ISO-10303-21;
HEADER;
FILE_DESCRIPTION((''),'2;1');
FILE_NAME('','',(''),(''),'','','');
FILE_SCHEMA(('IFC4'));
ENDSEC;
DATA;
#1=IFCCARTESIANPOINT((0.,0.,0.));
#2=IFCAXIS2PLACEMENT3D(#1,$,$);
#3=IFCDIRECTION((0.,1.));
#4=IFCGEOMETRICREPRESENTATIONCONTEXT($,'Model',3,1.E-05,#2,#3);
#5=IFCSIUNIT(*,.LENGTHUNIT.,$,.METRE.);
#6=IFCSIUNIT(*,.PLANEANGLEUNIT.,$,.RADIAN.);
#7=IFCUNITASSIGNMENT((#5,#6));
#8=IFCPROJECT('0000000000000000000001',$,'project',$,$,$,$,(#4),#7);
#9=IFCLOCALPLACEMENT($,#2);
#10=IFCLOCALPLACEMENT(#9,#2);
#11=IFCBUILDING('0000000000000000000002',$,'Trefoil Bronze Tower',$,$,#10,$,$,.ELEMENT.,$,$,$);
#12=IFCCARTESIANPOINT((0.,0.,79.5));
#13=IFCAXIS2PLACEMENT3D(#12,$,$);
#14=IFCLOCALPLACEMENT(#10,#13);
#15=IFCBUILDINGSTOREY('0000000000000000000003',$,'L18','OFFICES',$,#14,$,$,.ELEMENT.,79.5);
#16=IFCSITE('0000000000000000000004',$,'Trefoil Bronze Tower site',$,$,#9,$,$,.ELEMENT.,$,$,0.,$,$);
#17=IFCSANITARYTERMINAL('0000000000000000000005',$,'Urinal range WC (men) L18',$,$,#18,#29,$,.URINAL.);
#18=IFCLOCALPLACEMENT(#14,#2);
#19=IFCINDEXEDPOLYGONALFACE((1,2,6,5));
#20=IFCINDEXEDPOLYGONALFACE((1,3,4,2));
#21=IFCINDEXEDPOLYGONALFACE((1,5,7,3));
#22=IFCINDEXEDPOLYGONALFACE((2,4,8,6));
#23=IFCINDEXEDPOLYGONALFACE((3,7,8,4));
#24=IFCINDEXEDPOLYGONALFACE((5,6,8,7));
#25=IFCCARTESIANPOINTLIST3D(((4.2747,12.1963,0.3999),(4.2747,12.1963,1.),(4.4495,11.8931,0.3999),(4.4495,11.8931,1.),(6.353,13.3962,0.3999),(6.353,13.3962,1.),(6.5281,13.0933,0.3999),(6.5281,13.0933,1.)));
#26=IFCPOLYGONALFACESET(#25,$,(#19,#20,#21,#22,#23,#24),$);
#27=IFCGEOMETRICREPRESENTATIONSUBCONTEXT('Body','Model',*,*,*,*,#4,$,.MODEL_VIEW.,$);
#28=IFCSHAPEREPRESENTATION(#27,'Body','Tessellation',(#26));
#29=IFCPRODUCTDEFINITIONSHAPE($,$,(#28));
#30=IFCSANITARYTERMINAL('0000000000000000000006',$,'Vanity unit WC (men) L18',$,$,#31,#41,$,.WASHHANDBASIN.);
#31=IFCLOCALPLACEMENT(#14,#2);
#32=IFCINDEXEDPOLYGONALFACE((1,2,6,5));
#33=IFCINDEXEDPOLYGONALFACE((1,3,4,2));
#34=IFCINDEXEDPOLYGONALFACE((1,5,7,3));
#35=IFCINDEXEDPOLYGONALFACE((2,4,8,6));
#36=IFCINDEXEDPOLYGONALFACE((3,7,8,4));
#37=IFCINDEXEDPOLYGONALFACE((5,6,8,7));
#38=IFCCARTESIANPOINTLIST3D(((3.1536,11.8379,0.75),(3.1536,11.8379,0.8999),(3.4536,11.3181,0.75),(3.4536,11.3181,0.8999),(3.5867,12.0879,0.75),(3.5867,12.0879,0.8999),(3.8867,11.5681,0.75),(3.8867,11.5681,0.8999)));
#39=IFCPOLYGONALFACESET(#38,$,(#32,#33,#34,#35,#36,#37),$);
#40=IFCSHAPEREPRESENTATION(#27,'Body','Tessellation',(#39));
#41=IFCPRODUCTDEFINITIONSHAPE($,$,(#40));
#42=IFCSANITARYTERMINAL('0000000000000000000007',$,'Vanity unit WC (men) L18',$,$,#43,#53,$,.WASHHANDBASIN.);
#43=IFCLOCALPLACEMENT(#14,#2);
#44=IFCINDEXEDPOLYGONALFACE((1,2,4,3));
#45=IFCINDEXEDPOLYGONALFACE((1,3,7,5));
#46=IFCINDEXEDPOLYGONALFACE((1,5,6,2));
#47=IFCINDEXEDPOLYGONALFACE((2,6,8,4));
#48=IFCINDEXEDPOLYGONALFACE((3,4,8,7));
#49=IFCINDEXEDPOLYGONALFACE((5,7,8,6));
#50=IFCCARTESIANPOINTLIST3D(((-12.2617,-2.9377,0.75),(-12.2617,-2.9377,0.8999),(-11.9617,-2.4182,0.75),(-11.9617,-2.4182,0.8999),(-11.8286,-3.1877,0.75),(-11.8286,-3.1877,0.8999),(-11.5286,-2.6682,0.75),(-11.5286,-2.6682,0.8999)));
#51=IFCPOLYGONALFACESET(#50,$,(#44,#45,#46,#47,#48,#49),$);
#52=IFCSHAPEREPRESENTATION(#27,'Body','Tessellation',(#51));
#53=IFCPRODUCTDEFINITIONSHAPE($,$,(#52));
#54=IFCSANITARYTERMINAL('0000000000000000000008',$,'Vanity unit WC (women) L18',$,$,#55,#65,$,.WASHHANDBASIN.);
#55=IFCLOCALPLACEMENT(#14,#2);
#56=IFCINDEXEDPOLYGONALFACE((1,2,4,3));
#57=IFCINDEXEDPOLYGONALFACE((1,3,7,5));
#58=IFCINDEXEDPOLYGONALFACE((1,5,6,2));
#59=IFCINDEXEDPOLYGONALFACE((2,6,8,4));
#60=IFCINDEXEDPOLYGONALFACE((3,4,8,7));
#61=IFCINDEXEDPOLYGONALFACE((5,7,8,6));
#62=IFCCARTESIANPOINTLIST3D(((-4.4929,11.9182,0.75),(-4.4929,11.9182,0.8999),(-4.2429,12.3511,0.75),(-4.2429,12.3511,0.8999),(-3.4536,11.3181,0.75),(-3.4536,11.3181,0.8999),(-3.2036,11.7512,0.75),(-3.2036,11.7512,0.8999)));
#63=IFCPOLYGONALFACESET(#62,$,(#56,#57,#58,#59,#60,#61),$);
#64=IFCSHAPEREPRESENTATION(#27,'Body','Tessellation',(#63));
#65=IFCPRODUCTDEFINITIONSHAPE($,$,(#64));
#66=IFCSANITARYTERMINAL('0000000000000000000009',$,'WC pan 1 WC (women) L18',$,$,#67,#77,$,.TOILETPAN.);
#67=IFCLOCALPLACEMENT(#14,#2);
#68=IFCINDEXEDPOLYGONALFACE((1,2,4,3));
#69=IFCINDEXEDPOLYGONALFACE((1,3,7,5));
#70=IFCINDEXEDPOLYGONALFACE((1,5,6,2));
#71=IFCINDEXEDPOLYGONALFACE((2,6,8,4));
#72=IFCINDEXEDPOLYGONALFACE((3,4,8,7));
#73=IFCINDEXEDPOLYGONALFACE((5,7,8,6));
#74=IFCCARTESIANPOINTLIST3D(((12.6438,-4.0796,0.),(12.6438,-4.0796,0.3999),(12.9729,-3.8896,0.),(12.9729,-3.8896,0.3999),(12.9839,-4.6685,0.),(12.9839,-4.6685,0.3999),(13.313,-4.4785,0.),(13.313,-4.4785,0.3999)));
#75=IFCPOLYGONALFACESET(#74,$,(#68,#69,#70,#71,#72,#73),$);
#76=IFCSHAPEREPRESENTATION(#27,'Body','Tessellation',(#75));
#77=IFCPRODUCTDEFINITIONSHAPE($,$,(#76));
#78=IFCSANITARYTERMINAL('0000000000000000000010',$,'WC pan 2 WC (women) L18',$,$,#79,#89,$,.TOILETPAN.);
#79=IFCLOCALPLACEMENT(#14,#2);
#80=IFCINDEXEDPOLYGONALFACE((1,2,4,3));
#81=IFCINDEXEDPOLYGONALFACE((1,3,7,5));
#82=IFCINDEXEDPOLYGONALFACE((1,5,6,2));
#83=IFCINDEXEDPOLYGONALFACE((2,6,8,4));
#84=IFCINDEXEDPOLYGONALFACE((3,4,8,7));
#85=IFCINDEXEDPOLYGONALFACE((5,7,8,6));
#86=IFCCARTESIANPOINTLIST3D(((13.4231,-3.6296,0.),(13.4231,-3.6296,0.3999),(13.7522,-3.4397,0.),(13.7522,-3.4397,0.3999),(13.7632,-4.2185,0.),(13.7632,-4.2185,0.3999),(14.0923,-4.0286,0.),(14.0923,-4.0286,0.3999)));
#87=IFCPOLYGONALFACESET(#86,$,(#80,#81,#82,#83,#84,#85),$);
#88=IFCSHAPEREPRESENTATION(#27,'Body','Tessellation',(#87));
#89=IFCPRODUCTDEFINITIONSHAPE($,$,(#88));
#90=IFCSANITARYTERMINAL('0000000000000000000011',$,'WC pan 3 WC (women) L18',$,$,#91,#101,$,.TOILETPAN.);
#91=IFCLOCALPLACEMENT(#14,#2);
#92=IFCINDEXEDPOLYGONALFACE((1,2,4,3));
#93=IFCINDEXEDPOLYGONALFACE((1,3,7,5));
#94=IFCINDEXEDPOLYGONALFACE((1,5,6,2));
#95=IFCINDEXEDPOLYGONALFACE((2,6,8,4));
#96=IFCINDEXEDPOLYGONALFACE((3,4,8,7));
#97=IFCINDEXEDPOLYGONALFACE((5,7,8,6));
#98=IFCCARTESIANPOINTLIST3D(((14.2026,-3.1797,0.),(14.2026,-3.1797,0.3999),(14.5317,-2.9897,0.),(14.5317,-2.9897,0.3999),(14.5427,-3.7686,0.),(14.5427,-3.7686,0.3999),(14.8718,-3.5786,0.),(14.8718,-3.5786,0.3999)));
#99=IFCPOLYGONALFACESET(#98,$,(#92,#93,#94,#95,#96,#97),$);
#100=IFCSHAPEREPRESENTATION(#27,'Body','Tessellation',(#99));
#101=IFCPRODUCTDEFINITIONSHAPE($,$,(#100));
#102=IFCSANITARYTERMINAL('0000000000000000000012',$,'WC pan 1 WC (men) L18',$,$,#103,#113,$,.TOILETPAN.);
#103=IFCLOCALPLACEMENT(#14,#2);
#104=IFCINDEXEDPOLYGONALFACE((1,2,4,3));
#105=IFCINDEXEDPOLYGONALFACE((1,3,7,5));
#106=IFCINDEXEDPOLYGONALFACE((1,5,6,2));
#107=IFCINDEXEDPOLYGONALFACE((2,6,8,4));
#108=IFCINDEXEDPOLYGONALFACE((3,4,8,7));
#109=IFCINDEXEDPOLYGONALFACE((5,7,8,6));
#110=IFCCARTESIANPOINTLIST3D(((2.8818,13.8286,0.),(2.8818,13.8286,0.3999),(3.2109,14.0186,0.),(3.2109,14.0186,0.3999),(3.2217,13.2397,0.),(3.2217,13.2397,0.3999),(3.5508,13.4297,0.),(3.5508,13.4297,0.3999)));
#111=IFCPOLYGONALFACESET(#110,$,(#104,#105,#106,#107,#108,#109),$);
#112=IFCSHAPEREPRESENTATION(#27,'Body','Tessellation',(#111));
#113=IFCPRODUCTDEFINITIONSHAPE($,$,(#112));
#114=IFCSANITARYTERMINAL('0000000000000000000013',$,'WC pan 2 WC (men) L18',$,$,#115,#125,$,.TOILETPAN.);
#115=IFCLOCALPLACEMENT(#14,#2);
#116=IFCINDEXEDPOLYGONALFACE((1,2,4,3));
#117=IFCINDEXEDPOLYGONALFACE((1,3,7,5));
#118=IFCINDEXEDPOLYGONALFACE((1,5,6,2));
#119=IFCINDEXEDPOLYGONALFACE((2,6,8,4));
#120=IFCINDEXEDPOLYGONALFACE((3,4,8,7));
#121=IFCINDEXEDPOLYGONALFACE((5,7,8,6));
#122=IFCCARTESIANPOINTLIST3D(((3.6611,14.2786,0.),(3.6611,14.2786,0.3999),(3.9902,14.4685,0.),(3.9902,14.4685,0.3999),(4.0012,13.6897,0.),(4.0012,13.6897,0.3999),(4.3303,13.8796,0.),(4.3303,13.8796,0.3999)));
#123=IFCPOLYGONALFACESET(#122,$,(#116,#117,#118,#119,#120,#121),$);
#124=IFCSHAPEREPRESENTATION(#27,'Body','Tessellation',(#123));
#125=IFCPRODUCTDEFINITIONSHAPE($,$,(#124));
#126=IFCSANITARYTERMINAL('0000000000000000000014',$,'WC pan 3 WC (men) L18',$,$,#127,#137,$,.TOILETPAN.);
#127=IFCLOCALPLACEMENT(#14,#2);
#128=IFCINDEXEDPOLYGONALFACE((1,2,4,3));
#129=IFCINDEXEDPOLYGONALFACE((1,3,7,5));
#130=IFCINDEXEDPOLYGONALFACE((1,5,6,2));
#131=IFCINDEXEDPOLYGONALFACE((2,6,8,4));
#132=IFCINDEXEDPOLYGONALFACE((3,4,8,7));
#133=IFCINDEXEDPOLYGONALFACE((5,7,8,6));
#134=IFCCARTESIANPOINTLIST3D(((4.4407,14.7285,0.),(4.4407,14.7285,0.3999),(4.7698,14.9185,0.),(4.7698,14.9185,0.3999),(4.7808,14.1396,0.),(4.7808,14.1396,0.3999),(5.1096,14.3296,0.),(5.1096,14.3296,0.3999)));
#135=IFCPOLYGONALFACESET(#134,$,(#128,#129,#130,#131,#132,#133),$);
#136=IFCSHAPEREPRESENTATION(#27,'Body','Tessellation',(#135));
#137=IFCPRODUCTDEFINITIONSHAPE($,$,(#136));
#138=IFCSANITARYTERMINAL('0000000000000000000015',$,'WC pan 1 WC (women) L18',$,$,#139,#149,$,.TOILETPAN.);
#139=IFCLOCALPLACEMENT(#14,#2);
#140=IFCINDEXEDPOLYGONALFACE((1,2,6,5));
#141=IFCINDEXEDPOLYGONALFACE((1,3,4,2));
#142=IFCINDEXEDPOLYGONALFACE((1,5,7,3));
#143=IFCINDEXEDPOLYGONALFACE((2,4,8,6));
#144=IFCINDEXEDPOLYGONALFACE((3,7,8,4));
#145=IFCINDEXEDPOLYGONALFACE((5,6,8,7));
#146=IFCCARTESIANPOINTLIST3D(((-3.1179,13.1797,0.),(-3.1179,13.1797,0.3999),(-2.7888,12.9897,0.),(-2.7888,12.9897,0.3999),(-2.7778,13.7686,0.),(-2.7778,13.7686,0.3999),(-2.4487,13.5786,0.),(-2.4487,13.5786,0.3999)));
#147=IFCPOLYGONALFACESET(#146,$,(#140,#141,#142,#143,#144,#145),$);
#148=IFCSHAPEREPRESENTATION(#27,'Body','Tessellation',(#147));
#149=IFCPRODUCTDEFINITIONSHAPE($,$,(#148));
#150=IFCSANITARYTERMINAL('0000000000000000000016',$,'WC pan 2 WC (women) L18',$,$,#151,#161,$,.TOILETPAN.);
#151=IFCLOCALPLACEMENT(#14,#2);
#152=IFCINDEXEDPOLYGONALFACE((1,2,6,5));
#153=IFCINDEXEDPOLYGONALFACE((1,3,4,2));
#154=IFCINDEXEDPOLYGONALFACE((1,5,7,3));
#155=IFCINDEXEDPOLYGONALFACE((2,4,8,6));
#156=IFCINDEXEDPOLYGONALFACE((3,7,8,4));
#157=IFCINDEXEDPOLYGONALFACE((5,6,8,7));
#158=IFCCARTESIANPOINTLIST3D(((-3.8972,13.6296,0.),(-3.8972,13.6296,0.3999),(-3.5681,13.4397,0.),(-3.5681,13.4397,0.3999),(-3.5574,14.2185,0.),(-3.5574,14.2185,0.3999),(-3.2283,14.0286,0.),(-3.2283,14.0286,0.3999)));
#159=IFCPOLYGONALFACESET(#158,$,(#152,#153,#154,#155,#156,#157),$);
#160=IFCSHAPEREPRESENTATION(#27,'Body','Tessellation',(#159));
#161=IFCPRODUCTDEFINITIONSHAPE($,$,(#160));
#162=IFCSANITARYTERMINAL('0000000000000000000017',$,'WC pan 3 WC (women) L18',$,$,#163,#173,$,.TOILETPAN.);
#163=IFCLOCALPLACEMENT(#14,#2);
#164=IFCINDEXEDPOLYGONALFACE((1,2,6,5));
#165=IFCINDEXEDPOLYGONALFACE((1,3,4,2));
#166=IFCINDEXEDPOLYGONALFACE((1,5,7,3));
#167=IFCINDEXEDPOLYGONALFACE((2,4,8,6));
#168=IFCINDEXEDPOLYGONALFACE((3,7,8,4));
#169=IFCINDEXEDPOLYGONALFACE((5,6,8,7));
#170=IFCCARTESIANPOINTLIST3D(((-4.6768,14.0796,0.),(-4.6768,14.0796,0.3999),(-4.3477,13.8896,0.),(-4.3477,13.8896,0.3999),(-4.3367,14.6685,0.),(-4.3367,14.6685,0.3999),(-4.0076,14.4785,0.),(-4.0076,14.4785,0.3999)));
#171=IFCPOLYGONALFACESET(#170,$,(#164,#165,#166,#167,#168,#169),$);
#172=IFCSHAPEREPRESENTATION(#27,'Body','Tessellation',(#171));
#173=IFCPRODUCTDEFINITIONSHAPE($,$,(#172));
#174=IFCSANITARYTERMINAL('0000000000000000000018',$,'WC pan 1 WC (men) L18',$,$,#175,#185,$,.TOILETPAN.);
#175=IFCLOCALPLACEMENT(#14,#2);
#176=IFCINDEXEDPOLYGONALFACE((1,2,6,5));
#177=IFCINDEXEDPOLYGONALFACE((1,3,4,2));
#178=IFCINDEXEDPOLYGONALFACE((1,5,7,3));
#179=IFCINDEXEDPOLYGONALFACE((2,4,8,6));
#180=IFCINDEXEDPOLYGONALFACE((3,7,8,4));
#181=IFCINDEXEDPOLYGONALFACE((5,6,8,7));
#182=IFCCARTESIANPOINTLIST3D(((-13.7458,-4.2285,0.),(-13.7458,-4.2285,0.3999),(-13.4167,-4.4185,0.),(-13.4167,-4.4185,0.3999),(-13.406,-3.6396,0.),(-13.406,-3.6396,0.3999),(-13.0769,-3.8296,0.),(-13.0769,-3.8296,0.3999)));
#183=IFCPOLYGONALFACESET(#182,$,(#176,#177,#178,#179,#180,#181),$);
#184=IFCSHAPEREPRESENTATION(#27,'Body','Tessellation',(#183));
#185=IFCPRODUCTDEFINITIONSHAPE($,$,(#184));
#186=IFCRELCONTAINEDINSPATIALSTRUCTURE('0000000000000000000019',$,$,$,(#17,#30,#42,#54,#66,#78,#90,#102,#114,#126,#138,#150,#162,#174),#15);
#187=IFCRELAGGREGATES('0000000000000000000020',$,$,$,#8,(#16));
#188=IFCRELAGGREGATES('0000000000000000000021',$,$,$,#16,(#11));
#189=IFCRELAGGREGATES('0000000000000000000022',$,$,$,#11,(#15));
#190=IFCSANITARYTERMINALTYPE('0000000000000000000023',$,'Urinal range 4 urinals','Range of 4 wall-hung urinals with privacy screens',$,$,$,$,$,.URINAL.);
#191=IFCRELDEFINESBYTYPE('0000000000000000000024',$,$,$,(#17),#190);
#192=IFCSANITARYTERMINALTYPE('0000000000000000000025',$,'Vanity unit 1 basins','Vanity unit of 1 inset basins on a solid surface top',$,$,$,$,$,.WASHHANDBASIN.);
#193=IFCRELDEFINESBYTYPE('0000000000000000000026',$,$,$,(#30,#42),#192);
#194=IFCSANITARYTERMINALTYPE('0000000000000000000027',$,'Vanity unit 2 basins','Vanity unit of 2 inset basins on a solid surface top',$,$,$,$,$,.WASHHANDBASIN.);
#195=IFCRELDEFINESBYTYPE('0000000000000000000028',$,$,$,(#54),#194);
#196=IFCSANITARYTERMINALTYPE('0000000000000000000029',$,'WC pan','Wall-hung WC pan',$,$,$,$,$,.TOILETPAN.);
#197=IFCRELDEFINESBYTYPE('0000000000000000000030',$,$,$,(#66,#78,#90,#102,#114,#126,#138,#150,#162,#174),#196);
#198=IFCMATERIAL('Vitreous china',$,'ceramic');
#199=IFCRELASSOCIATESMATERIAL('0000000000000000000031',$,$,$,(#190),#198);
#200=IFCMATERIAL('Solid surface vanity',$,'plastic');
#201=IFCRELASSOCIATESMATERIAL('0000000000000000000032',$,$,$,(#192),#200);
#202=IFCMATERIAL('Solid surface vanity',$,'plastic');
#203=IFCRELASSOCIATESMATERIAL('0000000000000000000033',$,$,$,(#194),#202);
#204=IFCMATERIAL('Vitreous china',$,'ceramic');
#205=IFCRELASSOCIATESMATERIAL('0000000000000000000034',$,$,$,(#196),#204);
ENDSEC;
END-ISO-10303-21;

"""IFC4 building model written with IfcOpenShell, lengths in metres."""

from ifc_helpers import new_model, si_unit, direction, frame, origin, place, context, subcontext, project, spatial, polyline, outline, extrude, material, type_object, element, save


model = new_model("IFC4")

# Units and contexts
model_context = context("Model", 3, precision=1e-05, world=origin(), true_north=direction((0.0, 1.0)))
body_context = subcontext(model_context, "Body", "Model", "MODEL_VIEW")
ifc_project = project(units=[si_unit("LENGTHUNIT", "METRE"), si_unit("PLANEANGLEUNIT", "RADIAN")], contexts=[model_context])

# Site, building, storey
site_placement = place(None, origin())
site = spatial("IfcSite", under=ifc_project, at=site_placement, Name="Trefoil Bronze Tower site", CompositionType="ELEMENT", RefElevation=0.0)
building_placement = place(site_placement, origin())
building = spatial("IfcBuilding", under=site, at=building_placement, Name="Trefoil Bronze Tower", CompositionType="ELEMENT")
storey_placement = place(building_placement, frame((0.0, 0.0, 79.5)))
storey = spatial("IfcBuildingStorey", under=building, at=storey_placement, Name="L18", Description="OFFICES", CompositionType="ELEMENT", Elevation=79.5)

# Sanitary terminals
ifc_material_1 = material(Name="Vitreous china", Category="ceramic")
sanitary_terminal_type_1 = type_object("IfcSanitaryTerminalType", Name="Urinal range 4 urinals", Description="Range of 4 wall-hung urinals with privacy screens", PredefinedType="URINAL", material=ifc_material_1)
sanitary_terminal_1_placement = place(storey_placement, frame((0.0, 0.0, 0.3999)))
element("IfcSanitaryTerminal", 1, at=sanitary_terminal_1_placement, inside=storey, type_object=sanitary_terminal_type_1, Name="Urinal range WC (men) L18", PredefinedType="URINAL", context=body_context, shape_type="SweptSolid", body=[
    extrude(outline(polyline([(4.4495, 11.8931), (4.2747, 12.1963), (6.353, 13.3962), (6.5281, 13.0933), (4.4495, 11.8931)])), origin(), (0.0, 0.0, 1.0), 0.6001),
])
ifc_material_2 = material(Name="Solid surface vanity", Category="plastic")
sanitary_terminal_type_2 = type_object("IfcSanitaryTerminalType", Name="Vanity unit 1 basins", Description="Vanity unit of 1 inset basins on a solid surface top", PredefinedType="WASHHANDBASIN", material=ifc_material_2)
sanitary_terminal_2_placement = place(storey_placement, frame((0.0, 0.0, 0.75)))
element("IfcSanitaryTerminal", 2, at=sanitary_terminal_2_placement, inside=storey, type_object=sanitary_terminal_type_2, Name="Vanity unit WC (men) L18", PredefinedType="WASHHANDBASIN", context=body_context, shape_type="SweptSolid", body=[
    extrude(outline(polyline([(3.4536, 11.3181), (3.1536, 11.8379), (3.5867, 12.0879), (3.8867, 11.5681), (3.4536, 11.3181)])), origin(), (0.0, 0.0, 1.0), 0.1499),
])
sanitary_terminal_3_placement = place(storey_placement, frame((0.0, 0.0, 0.75)))
element("IfcSanitaryTerminal", 3, at=sanitary_terminal_3_placement, inside=storey, type_object=sanitary_terminal_type_2, Name="Vanity unit WC (men) L18", PredefinedType="WASHHANDBASIN", context=body_context, shape_type="SweptSolid", body=[
    extrude(outline(polyline([(-11.5286, -2.6682), (-11.8286, -3.1877), (-12.2617, -2.9377), (-11.9617, -2.4182), (-11.5286, -2.6682)])), origin(), (0.0, 0.0, 1.0), 0.1499),
])
ifc_material_3 = material(Name="Solid surface vanity", Category="plastic")
sanitary_terminal_type_3 = type_object("IfcSanitaryTerminalType", Name="Vanity unit 2 basins", Description="Vanity unit of 2 inset basins on a solid surface top", PredefinedType="WASHHANDBASIN", material=ifc_material_3)
sanitary_terminal_4_placement = place(storey_placement, frame((0.0, 0.0, 0.75)))
element("IfcSanitaryTerminal", 4, at=sanitary_terminal_4_placement, inside=storey, type_object=sanitary_terminal_type_3, Name="Vanity unit WC (women) L18", PredefinedType="WASHHANDBASIN", context=body_context, shape_type="SweptSolid", body=[
    extrude(outline(polyline([(-3.4536, 11.3181), (-3.2036, 11.7512), (-4.2429, 12.3511), (-4.4929, 11.9182), (-3.4536, 11.3181)])), origin(), (0.0, 0.0, 1.0), 0.1499),
])
ifc_material_4 = material(Name="Vitreous china", Category="ceramic")
sanitary_terminal_type_4 = type_object("IfcSanitaryTerminalType", Name="WC pan", Description="Wall-hung WC pan", PredefinedType="TOILETPAN", material=ifc_material_4)
sanitary_terminal_5_placement = place(storey_placement, origin())
element("IfcSanitaryTerminal", 5, at=sanitary_terminal_5_placement, inside=storey, type_object=sanitary_terminal_type_4, Name="WC pan 1 WC (women) L18", PredefinedType="TOILETPAN", context=body_context, shape_type="SweptSolid", body=[
    extrude(outline(polyline([(12.6438, -4.0796), (12.9839, -4.6685), (13.313, -4.4785), (12.9729, -3.8896), (12.6438, -4.0796)])), origin(), (0.0, 0.0, 1.0), 0.3999),
])
sanitary_terminal_6_placement = place(storey_placement, origin())
element("IfcSanitaryTerminal", 6, at=sanitary_terminal_6_placement, inside=storey, type_object=sanitary_terminal_type_4, Name="WC pan 2 WC (women) L18", PredefinedType="TOILETPAN", context=body_context, shape_type="SweptSolid", body=[
    extrude(outline(polyline([(13.4231, -3.6296), (13.7632, -4.2185), (14.0923, -4.0286), (13.7522, -3.4397), (13.4231, -3.6296)])), origin(), (0.0, 0.0, 1.0), 0.3999),
])
sanitary_terminal_7_placement = place(storey_placement, origin())
element("IfcSanitaryTerminal", 7, at=sanitary_terminal_7_placement, inside=storey, type_object=sanitary_terminal_type_4, Name="WC pan 3 WC (women) L18", PredefinedType="TOILETPAN", context=body_context, shape_type="SweptSolid", body=[
    extrude(outline(polyline([(14.2026, -3.1797), (14.5427, -3.7686), (14.8718, -3.5786), (14.5317, -2.9897), (14.2026, -3.1797)])), origin(), (0.0, 0.0, 1.0), 0.3999),
])
sanitary_terminal_8_placement = place(storey_placement, origin())
element("IfcSanitaryTerminal", 8, at=sanitary_terminal_8_placement, inside=storey, type_object=sanitary_terminal_type_4, Name="WC pan 1 WC (men) L18", PredefinedType="TOILETPAN", context=body_context, shape_type="SweptSolid", body=[
    extrude(outline(polyline([(3.2217, 13.2397), (2.8818, 13.8286), (3.2109, 14.0186), (3.5508, 13.4297), (3.2217, 13.2397)])), origin(), (0.0, 0.0, 1.0), 0.3999),
])
sanitary_terminal_9_placement = place(storey_placement, origin())
element("IfcSanitaryTerminal", 9, at=sanitary_terminal_9_placement, inside=storey, type_object=sanitary_terminal_type_4, Name="WC pan 2 WC (men) L18", PredefinedType="TOILETPAN", context=body_context, shape_type="SweptSolid", body=[
    extrude(outline(polyline([(4.0012, 13.6897), (3.6611, 14.2786), (3.9902, 14.4685), (4.3303, 13.8796), (4.0012, 13.6897)])), origin(), (0.0, 0.0, 1.0), 0.3999),
])
sanitary_terminal_10_placement = place(storey_placement, origin())
element("IfcSanitaryTerminal", 10, at=sanitary_terminal_10_placement, inside=storey, type_object=sanitary_terminal_type_4, Name="WC pan 3 WC (men) L18", PredefinedType="TOILETPAN", context=body_context, shape_type="SweptSolid", body=[
    extrude(outline(polyline([(4.7808, 14.1396), (4.4407, 14.7285), (4.7698, 14.9185), (5.1096, 14.3296), (4.7808, 14.1396)])), origin(), (0.0, 0.0, 1.0), 0.3999),
])
sanitary_terminal_11_placement = place(storey_placement, origin())
element("IfcSanitaryTerminal", 11, at=sanitary_terminal_11_placement, inside=storey, type_object=sanitary_terminal_type_4, Name="WC pan 1 WC (women) L18", PredefinedType="TOILETPAN", context=body_context, shape_type="SweptSolid", body=[
    extrude(outline(polyline([(-2.7888, 12.9897), (-2.4487, 13.5786), (-2.7778, 13.7686), (-3.1179, 13.1797), (-2.7888, 12.9897)])), origin(), (0.0, 0.0, 1.0), 0.3999),
])
sanitary_terminal_12_placement = place(storey_placement, origin())
element("IfcSanitaryTerminal", 12, at=sanitary_terminal_12_placement, inside=storey, type_object=sanitary_terminal_type_4, Name="WC pan 2 WC (women) L18", PredefinedType="TOILETPAN", context=body_context, shape_type="SweptSolid", body=[
    extrude(outline(polyline([(-3.5681, 13.4397), (-3.2283, 14.0286), (-3.5574, 14.2185), (-3.8972, 13.6296), (-3.5681, 13.4397)])), origin(), (0.0, 0.0, 1.0), 0.3999),
])
sanitary_terminal_13_placement = place(storey_placement, origin())
element("IfcSanitaryTerminal", 13, at=sanitary_terminal_13_placement, inside=storey, type_object=sanitary_terminal_type_4, Name="WC pan 3 WC (women) L18", PredefinedType="TOILETPAN", context=body_context, shape_type="SweptSolid", body=[
    extrude(outline(polyline([(-4.3477, 13.8896), (-4.0076, 14.4785), (-4.3367, 14.6685), (-4.6768, 14.0796), (-4.3477, 13.8896)])), origin(), (0.0, 0.0, 1.0), 0.3999),
])
sanitary_terminal_14_placement = place(storey_placement, origin())
element("IfcSanitaryTerminal", 14, at=sanitary_terminal_14_placement, inside=storey, type_object=sanitary_terminal_type_4, Name="WC pan 1 WC (men) L18", PredefinedType="TOILETPAN", context=body_context, shape_type="SweptSolid", body=[
    extrude(outline(polyline([(-13.0769, -3.8296), (-13.4167, -4.4185), (-13.7458, -4.2285), (-13.406, -3.6396), (-13.0769, -3.8296)])), origin(), (0.0, 0.0, 1.0), 0.3999),
])

save(model, "model.ifc")
